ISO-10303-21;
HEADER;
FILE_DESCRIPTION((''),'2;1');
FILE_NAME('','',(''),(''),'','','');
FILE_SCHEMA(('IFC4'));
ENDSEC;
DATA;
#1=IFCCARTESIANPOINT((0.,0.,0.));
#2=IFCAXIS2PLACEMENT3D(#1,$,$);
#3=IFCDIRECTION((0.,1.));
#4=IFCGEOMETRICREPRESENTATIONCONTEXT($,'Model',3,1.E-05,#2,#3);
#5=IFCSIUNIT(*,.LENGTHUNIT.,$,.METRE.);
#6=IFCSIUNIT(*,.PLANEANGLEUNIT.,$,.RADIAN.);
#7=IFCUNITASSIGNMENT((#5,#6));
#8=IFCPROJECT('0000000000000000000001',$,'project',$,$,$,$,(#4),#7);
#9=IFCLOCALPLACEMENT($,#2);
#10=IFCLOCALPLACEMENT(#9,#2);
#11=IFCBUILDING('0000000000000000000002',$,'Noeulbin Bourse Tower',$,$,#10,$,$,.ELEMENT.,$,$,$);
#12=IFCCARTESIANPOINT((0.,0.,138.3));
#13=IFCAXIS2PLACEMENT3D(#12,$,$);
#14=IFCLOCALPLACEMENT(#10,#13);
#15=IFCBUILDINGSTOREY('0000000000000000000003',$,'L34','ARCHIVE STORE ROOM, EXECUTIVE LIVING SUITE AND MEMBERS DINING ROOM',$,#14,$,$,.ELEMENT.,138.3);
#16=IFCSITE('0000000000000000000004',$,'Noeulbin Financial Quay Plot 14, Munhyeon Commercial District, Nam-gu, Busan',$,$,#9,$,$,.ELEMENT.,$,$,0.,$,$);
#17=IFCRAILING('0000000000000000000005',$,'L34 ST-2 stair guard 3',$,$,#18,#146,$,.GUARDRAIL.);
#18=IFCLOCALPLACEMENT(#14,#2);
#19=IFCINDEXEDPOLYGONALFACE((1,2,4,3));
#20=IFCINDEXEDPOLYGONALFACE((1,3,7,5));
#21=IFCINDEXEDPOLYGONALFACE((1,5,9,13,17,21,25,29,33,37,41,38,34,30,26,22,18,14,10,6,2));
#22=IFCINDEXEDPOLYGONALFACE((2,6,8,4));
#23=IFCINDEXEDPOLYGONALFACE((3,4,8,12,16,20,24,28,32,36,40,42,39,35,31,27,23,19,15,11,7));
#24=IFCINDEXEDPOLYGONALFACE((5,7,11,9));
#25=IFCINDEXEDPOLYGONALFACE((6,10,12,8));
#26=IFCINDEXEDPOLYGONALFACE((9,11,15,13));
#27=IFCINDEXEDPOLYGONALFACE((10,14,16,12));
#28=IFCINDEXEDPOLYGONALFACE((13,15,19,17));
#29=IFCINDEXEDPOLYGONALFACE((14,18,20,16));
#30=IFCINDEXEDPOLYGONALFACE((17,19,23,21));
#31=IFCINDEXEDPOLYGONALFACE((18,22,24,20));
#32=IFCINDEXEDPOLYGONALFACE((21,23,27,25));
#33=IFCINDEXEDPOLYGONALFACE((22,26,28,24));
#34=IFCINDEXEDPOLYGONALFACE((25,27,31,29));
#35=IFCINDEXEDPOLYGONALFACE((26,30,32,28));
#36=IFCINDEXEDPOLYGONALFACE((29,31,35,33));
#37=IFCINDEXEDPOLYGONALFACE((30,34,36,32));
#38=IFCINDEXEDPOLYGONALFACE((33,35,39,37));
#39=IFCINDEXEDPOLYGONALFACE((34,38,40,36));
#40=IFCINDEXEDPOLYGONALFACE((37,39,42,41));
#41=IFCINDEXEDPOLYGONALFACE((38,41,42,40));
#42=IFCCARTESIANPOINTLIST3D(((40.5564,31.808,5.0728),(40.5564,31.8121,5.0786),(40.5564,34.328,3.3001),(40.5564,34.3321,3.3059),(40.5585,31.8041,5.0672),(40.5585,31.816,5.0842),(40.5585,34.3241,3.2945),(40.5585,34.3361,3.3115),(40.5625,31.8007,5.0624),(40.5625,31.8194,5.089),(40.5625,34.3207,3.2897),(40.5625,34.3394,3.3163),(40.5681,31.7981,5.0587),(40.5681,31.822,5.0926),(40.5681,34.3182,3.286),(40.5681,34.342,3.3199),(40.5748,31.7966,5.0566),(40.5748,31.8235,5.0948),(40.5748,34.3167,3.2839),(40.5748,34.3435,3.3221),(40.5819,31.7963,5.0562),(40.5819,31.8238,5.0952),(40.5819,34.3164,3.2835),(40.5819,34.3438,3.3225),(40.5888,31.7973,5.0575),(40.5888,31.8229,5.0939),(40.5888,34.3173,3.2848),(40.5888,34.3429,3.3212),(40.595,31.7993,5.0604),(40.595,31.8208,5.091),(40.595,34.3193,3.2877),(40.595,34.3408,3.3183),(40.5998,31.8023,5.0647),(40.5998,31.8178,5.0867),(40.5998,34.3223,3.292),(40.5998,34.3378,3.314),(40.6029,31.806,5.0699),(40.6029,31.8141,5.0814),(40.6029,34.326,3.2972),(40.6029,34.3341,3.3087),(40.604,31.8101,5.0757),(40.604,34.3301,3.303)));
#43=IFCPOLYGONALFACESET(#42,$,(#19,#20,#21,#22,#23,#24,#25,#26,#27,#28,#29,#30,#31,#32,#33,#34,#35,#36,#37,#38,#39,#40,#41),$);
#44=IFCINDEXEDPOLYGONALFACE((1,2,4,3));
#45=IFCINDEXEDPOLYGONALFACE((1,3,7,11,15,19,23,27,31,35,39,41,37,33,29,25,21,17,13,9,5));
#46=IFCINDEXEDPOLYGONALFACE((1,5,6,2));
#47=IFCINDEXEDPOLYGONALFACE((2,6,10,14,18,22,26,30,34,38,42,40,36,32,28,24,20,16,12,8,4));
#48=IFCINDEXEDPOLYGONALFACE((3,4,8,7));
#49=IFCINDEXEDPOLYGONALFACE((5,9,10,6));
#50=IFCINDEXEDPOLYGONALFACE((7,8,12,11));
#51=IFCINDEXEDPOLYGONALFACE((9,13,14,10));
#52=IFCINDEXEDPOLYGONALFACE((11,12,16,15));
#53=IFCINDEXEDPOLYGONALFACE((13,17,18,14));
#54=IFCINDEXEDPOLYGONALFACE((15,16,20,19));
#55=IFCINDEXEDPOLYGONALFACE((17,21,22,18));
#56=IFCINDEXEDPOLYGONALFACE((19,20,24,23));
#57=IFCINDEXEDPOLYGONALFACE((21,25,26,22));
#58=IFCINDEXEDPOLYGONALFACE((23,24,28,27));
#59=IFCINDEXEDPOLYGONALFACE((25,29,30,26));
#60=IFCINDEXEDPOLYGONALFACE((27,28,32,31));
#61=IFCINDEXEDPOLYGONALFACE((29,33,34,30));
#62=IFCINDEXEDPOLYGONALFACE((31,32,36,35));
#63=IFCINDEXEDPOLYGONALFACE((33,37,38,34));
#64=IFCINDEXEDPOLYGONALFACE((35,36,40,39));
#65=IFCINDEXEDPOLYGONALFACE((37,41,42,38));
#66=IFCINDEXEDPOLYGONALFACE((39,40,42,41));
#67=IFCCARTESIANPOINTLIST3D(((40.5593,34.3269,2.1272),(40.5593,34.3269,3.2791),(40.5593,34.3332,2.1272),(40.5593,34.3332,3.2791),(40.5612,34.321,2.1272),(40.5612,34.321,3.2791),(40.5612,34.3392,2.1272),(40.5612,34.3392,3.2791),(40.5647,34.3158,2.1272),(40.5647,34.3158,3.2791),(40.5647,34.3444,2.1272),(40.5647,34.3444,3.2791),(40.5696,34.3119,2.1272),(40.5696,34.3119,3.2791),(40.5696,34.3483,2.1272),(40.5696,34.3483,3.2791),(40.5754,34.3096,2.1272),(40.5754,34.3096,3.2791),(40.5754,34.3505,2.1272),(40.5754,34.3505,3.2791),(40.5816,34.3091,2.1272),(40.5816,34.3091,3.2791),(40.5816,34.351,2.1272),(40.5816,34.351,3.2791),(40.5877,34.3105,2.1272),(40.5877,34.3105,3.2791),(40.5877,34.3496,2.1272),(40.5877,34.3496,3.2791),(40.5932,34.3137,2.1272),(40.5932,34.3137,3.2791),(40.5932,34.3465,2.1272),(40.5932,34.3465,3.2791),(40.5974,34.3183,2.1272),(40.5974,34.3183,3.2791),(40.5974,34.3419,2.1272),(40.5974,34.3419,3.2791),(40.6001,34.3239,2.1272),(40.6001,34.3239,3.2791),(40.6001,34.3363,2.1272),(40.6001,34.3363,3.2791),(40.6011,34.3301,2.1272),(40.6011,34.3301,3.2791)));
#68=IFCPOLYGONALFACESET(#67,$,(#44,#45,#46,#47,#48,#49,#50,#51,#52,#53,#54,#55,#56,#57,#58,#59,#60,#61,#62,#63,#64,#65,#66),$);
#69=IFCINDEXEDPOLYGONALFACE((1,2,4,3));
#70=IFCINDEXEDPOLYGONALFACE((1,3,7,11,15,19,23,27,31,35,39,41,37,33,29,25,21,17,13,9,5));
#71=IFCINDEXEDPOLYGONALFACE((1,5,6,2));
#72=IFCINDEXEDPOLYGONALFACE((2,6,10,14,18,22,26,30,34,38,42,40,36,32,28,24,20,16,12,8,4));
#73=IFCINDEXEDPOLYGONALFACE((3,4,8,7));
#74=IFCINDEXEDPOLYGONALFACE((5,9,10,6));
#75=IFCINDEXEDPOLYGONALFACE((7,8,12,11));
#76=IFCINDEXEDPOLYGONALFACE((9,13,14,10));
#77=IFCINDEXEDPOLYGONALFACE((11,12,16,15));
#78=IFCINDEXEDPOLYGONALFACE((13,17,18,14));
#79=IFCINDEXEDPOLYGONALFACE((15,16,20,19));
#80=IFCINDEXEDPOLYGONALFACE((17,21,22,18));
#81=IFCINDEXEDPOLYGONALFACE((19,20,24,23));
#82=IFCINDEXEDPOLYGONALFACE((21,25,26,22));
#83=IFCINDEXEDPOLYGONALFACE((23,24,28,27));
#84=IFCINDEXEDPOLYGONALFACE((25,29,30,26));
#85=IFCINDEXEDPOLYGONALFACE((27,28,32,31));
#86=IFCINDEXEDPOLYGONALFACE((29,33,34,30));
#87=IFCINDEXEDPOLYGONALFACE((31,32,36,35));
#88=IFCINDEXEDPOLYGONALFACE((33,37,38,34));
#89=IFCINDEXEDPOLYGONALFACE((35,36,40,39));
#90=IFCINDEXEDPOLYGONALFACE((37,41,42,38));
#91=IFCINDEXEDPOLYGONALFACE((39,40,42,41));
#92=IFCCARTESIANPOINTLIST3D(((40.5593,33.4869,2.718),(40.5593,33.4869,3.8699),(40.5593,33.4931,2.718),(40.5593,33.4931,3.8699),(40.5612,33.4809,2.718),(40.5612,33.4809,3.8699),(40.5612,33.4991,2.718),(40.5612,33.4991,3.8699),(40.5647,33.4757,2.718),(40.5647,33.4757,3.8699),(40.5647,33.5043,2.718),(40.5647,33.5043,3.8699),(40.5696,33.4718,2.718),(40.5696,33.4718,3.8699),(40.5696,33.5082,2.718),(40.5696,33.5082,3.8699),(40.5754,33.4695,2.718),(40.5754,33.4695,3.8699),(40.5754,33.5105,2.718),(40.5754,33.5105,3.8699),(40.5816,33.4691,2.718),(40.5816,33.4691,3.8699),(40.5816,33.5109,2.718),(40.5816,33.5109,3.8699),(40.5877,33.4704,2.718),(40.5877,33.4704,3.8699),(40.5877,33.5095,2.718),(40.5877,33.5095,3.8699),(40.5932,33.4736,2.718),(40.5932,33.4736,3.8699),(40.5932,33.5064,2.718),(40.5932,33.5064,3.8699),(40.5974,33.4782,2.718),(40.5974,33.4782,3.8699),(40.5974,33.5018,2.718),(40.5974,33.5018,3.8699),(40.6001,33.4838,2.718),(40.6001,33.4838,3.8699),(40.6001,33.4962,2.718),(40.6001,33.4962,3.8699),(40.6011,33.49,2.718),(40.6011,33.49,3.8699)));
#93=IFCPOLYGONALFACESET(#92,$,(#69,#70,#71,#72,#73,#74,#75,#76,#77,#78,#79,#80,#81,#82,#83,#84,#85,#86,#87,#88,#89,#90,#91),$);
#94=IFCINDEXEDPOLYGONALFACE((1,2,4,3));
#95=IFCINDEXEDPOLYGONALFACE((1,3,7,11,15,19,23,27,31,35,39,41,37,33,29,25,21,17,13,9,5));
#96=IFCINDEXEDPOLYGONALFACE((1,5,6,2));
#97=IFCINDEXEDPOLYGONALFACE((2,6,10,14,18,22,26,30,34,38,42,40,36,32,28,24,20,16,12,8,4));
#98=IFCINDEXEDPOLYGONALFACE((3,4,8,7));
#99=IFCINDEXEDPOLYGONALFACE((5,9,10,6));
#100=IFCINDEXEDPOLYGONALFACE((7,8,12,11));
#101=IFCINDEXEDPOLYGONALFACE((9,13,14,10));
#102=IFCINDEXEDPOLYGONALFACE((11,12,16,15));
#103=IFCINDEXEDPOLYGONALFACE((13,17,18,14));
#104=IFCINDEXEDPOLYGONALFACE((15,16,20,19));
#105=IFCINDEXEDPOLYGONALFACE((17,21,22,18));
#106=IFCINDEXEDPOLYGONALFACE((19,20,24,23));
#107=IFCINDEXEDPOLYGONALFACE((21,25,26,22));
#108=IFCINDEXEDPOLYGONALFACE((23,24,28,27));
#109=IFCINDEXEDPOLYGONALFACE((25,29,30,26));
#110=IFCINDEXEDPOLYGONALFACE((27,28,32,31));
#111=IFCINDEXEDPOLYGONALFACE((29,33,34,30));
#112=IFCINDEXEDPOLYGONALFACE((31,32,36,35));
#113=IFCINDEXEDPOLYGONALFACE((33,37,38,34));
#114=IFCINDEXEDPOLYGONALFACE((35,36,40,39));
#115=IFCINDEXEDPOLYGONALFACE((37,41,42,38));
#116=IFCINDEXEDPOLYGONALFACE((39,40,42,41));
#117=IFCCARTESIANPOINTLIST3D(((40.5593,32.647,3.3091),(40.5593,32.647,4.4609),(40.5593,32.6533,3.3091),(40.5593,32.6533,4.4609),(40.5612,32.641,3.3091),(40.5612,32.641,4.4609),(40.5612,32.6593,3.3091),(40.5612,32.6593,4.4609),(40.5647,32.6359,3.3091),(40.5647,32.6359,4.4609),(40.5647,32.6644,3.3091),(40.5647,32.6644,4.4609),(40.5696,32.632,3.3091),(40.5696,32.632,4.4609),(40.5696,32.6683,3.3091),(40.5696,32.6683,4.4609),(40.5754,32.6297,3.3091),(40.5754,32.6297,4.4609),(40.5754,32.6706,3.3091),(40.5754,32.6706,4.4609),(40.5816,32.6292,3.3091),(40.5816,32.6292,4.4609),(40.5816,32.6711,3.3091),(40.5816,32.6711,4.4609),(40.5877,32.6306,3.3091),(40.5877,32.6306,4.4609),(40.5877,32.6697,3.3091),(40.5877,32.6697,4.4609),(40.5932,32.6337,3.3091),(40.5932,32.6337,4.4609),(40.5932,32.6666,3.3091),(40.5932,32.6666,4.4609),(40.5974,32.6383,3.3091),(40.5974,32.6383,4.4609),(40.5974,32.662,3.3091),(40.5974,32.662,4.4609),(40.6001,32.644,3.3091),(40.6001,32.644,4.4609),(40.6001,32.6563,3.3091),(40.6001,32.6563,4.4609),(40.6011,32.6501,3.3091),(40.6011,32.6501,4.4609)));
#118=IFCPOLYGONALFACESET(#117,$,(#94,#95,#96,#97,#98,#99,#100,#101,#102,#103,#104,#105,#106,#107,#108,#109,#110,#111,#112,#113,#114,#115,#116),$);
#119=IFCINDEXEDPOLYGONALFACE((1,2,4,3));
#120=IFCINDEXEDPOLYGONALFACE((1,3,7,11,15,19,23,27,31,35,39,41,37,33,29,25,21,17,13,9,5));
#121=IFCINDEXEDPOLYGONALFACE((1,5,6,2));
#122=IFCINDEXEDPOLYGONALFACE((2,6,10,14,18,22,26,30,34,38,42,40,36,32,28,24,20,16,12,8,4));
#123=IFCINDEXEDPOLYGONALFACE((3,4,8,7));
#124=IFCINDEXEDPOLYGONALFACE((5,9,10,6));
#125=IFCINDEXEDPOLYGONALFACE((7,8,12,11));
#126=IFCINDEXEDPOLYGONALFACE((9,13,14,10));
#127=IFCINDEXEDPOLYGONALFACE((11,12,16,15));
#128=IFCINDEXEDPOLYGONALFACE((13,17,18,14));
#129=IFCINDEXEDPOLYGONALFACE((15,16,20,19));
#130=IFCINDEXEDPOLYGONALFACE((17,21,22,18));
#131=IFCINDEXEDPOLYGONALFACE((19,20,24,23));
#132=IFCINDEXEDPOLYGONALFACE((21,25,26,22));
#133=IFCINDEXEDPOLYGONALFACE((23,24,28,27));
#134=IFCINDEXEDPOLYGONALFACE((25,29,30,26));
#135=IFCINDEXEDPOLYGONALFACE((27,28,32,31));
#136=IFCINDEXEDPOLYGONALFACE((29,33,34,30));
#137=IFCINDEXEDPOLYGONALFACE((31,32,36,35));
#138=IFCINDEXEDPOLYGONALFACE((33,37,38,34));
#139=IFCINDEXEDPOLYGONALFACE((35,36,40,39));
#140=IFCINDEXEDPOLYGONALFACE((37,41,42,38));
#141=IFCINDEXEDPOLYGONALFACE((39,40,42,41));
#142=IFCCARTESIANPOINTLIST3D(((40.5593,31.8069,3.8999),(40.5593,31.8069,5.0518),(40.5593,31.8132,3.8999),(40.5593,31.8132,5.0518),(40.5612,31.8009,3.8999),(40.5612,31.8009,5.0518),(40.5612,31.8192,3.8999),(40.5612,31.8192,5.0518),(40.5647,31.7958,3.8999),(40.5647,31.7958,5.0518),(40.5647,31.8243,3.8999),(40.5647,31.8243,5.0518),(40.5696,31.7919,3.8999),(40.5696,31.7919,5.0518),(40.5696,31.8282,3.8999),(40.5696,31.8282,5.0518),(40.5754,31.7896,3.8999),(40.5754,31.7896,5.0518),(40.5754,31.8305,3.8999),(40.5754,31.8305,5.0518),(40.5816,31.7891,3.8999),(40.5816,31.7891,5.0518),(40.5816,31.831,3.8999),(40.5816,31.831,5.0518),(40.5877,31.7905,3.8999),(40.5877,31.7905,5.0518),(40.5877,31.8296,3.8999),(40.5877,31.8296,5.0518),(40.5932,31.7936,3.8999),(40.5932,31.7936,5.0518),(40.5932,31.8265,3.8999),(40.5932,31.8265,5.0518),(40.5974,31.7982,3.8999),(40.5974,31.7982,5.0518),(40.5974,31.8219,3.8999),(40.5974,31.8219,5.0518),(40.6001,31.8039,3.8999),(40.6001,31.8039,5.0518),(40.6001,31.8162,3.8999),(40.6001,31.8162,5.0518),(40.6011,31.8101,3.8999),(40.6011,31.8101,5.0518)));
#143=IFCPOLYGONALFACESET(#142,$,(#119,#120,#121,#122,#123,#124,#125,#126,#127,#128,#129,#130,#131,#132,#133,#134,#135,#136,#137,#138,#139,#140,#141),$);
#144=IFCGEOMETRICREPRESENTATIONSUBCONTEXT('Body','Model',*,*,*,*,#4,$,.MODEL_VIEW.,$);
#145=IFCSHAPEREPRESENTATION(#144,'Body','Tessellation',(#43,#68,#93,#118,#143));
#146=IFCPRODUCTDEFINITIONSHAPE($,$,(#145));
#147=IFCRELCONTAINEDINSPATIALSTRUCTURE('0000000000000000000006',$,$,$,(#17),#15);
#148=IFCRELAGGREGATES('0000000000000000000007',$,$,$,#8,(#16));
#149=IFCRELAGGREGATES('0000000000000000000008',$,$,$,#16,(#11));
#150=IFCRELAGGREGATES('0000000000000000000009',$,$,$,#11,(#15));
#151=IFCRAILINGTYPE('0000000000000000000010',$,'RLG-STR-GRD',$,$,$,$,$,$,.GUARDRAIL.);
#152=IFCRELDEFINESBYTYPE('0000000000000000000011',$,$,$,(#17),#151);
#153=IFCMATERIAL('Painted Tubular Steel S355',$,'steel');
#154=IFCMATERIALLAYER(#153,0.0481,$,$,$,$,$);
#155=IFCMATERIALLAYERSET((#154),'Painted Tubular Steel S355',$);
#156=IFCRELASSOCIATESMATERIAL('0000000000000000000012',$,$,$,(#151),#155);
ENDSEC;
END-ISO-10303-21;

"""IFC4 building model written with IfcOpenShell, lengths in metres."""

from ifc_helpers import new_model, si_unit, direction, frame, origin, origin_2d, place, context, subcontext, project, spatial, circle, extrude, material, layer, layer_set, type_object, element, save


model = new_model("IFC4")

# Units and contexts
model_context = context("Model", 3, precision=1e-05, world=origin(), true_north=direction((0.0, 1.0)))
body_context = subcontext(model_context, "Body", "Model", "MODEL_VIEW")
ifc_project = project(units=[si_unit("LENGTHUNIT", "METRE"), si_unit("PLANEANGLEUNIT", "RADIAN")], contexts=[model_context])

# Site, building, storey
site_placement = place(None, origin())
site = spatial("IfcSite", under=ifc_project, at=site_placement, Name="Noeulbin Financial Quay Plot 14, Munhyeon Commercial District, Nam-gu, Busan", CompositionType="ELEMENT", RefElevation=0.0)
building_placement = place(site_placement, origin())
building = spatial("IfcBuilding", under=site, at=building_placement, Name="Noeulbin Bourse Tower", CompositionType="ELEMENT")
storey_placement = place(building_placement, frame((0.0, 0.0, 138.3)))
storey = spatial("IfcBuildingStorey", under=building, at=storey_placement, Name="L34", Description="ARCHIVE STORE ROOM, EXECUTIVE LIVING SUITE AND MEMBERS DINING ROOM", CompositionType="ELEMENT", Elevation=138.3)

# Railing
ifc_material_1 = material(Name="Painted Tubular Steel S355", Category="steel")
ifc_layer_1 = layer(ifc_material_1, 0.0481)
ifc_layer_set_1 = layer_set([ifc_layer_1], Name="Painted Tubular Steel S355")
railing_type_1 = type_object("IfcRailingType", Name="RLG-STR-GRD", PredefinedType="GUARDRAIL", material=ifc_layer_set_1)
railing_1_placement = place(storey_placement, frame((40.5801, 34.3301, 2.1272)))
element("IfcRailing", 1, at=railing_1_placement, inside=storey, type_object=railing_type_1, Name="L34 ST-2 stair guard 3", PredefinedType="GUARDRAIL", context=body_context, shape_type="SweptSolid", body=[
    extrude(circle(Radius=0.0239, at=origin_2d()), frame((0.0, 0.0, 1.1758), z_axis=(0.0, -0.817904, 0.575354), x_axis=(1.0, 0.0, 0.0)), (0.0, 0.0, 1.0), 3.0811),
    extrude(circle(Radius=0.021, at=origin_2d()), origin(), (0.0, 0.0, 1.0), 1.1519),
    extrude(circle(Radius=0.021, at=origin_2d()), frame((0.0, -0.8401, 0.5908)), (0.0, 0.0, 1.0), 1.1519),
    extrude(circle(Radius=0.021, at=origin_2d()), frame((0.0, -1.6799, 1.1819)), (0.0, 0.0, 1.0), 1.1519),
    extrude(circle(Radius=0.021, at=origin_2d()), frame((0.0, -2.52, 1.7727)), (0.0, 0.0, 1.0), 1.1519),
])

save(model, "model.ifc")
